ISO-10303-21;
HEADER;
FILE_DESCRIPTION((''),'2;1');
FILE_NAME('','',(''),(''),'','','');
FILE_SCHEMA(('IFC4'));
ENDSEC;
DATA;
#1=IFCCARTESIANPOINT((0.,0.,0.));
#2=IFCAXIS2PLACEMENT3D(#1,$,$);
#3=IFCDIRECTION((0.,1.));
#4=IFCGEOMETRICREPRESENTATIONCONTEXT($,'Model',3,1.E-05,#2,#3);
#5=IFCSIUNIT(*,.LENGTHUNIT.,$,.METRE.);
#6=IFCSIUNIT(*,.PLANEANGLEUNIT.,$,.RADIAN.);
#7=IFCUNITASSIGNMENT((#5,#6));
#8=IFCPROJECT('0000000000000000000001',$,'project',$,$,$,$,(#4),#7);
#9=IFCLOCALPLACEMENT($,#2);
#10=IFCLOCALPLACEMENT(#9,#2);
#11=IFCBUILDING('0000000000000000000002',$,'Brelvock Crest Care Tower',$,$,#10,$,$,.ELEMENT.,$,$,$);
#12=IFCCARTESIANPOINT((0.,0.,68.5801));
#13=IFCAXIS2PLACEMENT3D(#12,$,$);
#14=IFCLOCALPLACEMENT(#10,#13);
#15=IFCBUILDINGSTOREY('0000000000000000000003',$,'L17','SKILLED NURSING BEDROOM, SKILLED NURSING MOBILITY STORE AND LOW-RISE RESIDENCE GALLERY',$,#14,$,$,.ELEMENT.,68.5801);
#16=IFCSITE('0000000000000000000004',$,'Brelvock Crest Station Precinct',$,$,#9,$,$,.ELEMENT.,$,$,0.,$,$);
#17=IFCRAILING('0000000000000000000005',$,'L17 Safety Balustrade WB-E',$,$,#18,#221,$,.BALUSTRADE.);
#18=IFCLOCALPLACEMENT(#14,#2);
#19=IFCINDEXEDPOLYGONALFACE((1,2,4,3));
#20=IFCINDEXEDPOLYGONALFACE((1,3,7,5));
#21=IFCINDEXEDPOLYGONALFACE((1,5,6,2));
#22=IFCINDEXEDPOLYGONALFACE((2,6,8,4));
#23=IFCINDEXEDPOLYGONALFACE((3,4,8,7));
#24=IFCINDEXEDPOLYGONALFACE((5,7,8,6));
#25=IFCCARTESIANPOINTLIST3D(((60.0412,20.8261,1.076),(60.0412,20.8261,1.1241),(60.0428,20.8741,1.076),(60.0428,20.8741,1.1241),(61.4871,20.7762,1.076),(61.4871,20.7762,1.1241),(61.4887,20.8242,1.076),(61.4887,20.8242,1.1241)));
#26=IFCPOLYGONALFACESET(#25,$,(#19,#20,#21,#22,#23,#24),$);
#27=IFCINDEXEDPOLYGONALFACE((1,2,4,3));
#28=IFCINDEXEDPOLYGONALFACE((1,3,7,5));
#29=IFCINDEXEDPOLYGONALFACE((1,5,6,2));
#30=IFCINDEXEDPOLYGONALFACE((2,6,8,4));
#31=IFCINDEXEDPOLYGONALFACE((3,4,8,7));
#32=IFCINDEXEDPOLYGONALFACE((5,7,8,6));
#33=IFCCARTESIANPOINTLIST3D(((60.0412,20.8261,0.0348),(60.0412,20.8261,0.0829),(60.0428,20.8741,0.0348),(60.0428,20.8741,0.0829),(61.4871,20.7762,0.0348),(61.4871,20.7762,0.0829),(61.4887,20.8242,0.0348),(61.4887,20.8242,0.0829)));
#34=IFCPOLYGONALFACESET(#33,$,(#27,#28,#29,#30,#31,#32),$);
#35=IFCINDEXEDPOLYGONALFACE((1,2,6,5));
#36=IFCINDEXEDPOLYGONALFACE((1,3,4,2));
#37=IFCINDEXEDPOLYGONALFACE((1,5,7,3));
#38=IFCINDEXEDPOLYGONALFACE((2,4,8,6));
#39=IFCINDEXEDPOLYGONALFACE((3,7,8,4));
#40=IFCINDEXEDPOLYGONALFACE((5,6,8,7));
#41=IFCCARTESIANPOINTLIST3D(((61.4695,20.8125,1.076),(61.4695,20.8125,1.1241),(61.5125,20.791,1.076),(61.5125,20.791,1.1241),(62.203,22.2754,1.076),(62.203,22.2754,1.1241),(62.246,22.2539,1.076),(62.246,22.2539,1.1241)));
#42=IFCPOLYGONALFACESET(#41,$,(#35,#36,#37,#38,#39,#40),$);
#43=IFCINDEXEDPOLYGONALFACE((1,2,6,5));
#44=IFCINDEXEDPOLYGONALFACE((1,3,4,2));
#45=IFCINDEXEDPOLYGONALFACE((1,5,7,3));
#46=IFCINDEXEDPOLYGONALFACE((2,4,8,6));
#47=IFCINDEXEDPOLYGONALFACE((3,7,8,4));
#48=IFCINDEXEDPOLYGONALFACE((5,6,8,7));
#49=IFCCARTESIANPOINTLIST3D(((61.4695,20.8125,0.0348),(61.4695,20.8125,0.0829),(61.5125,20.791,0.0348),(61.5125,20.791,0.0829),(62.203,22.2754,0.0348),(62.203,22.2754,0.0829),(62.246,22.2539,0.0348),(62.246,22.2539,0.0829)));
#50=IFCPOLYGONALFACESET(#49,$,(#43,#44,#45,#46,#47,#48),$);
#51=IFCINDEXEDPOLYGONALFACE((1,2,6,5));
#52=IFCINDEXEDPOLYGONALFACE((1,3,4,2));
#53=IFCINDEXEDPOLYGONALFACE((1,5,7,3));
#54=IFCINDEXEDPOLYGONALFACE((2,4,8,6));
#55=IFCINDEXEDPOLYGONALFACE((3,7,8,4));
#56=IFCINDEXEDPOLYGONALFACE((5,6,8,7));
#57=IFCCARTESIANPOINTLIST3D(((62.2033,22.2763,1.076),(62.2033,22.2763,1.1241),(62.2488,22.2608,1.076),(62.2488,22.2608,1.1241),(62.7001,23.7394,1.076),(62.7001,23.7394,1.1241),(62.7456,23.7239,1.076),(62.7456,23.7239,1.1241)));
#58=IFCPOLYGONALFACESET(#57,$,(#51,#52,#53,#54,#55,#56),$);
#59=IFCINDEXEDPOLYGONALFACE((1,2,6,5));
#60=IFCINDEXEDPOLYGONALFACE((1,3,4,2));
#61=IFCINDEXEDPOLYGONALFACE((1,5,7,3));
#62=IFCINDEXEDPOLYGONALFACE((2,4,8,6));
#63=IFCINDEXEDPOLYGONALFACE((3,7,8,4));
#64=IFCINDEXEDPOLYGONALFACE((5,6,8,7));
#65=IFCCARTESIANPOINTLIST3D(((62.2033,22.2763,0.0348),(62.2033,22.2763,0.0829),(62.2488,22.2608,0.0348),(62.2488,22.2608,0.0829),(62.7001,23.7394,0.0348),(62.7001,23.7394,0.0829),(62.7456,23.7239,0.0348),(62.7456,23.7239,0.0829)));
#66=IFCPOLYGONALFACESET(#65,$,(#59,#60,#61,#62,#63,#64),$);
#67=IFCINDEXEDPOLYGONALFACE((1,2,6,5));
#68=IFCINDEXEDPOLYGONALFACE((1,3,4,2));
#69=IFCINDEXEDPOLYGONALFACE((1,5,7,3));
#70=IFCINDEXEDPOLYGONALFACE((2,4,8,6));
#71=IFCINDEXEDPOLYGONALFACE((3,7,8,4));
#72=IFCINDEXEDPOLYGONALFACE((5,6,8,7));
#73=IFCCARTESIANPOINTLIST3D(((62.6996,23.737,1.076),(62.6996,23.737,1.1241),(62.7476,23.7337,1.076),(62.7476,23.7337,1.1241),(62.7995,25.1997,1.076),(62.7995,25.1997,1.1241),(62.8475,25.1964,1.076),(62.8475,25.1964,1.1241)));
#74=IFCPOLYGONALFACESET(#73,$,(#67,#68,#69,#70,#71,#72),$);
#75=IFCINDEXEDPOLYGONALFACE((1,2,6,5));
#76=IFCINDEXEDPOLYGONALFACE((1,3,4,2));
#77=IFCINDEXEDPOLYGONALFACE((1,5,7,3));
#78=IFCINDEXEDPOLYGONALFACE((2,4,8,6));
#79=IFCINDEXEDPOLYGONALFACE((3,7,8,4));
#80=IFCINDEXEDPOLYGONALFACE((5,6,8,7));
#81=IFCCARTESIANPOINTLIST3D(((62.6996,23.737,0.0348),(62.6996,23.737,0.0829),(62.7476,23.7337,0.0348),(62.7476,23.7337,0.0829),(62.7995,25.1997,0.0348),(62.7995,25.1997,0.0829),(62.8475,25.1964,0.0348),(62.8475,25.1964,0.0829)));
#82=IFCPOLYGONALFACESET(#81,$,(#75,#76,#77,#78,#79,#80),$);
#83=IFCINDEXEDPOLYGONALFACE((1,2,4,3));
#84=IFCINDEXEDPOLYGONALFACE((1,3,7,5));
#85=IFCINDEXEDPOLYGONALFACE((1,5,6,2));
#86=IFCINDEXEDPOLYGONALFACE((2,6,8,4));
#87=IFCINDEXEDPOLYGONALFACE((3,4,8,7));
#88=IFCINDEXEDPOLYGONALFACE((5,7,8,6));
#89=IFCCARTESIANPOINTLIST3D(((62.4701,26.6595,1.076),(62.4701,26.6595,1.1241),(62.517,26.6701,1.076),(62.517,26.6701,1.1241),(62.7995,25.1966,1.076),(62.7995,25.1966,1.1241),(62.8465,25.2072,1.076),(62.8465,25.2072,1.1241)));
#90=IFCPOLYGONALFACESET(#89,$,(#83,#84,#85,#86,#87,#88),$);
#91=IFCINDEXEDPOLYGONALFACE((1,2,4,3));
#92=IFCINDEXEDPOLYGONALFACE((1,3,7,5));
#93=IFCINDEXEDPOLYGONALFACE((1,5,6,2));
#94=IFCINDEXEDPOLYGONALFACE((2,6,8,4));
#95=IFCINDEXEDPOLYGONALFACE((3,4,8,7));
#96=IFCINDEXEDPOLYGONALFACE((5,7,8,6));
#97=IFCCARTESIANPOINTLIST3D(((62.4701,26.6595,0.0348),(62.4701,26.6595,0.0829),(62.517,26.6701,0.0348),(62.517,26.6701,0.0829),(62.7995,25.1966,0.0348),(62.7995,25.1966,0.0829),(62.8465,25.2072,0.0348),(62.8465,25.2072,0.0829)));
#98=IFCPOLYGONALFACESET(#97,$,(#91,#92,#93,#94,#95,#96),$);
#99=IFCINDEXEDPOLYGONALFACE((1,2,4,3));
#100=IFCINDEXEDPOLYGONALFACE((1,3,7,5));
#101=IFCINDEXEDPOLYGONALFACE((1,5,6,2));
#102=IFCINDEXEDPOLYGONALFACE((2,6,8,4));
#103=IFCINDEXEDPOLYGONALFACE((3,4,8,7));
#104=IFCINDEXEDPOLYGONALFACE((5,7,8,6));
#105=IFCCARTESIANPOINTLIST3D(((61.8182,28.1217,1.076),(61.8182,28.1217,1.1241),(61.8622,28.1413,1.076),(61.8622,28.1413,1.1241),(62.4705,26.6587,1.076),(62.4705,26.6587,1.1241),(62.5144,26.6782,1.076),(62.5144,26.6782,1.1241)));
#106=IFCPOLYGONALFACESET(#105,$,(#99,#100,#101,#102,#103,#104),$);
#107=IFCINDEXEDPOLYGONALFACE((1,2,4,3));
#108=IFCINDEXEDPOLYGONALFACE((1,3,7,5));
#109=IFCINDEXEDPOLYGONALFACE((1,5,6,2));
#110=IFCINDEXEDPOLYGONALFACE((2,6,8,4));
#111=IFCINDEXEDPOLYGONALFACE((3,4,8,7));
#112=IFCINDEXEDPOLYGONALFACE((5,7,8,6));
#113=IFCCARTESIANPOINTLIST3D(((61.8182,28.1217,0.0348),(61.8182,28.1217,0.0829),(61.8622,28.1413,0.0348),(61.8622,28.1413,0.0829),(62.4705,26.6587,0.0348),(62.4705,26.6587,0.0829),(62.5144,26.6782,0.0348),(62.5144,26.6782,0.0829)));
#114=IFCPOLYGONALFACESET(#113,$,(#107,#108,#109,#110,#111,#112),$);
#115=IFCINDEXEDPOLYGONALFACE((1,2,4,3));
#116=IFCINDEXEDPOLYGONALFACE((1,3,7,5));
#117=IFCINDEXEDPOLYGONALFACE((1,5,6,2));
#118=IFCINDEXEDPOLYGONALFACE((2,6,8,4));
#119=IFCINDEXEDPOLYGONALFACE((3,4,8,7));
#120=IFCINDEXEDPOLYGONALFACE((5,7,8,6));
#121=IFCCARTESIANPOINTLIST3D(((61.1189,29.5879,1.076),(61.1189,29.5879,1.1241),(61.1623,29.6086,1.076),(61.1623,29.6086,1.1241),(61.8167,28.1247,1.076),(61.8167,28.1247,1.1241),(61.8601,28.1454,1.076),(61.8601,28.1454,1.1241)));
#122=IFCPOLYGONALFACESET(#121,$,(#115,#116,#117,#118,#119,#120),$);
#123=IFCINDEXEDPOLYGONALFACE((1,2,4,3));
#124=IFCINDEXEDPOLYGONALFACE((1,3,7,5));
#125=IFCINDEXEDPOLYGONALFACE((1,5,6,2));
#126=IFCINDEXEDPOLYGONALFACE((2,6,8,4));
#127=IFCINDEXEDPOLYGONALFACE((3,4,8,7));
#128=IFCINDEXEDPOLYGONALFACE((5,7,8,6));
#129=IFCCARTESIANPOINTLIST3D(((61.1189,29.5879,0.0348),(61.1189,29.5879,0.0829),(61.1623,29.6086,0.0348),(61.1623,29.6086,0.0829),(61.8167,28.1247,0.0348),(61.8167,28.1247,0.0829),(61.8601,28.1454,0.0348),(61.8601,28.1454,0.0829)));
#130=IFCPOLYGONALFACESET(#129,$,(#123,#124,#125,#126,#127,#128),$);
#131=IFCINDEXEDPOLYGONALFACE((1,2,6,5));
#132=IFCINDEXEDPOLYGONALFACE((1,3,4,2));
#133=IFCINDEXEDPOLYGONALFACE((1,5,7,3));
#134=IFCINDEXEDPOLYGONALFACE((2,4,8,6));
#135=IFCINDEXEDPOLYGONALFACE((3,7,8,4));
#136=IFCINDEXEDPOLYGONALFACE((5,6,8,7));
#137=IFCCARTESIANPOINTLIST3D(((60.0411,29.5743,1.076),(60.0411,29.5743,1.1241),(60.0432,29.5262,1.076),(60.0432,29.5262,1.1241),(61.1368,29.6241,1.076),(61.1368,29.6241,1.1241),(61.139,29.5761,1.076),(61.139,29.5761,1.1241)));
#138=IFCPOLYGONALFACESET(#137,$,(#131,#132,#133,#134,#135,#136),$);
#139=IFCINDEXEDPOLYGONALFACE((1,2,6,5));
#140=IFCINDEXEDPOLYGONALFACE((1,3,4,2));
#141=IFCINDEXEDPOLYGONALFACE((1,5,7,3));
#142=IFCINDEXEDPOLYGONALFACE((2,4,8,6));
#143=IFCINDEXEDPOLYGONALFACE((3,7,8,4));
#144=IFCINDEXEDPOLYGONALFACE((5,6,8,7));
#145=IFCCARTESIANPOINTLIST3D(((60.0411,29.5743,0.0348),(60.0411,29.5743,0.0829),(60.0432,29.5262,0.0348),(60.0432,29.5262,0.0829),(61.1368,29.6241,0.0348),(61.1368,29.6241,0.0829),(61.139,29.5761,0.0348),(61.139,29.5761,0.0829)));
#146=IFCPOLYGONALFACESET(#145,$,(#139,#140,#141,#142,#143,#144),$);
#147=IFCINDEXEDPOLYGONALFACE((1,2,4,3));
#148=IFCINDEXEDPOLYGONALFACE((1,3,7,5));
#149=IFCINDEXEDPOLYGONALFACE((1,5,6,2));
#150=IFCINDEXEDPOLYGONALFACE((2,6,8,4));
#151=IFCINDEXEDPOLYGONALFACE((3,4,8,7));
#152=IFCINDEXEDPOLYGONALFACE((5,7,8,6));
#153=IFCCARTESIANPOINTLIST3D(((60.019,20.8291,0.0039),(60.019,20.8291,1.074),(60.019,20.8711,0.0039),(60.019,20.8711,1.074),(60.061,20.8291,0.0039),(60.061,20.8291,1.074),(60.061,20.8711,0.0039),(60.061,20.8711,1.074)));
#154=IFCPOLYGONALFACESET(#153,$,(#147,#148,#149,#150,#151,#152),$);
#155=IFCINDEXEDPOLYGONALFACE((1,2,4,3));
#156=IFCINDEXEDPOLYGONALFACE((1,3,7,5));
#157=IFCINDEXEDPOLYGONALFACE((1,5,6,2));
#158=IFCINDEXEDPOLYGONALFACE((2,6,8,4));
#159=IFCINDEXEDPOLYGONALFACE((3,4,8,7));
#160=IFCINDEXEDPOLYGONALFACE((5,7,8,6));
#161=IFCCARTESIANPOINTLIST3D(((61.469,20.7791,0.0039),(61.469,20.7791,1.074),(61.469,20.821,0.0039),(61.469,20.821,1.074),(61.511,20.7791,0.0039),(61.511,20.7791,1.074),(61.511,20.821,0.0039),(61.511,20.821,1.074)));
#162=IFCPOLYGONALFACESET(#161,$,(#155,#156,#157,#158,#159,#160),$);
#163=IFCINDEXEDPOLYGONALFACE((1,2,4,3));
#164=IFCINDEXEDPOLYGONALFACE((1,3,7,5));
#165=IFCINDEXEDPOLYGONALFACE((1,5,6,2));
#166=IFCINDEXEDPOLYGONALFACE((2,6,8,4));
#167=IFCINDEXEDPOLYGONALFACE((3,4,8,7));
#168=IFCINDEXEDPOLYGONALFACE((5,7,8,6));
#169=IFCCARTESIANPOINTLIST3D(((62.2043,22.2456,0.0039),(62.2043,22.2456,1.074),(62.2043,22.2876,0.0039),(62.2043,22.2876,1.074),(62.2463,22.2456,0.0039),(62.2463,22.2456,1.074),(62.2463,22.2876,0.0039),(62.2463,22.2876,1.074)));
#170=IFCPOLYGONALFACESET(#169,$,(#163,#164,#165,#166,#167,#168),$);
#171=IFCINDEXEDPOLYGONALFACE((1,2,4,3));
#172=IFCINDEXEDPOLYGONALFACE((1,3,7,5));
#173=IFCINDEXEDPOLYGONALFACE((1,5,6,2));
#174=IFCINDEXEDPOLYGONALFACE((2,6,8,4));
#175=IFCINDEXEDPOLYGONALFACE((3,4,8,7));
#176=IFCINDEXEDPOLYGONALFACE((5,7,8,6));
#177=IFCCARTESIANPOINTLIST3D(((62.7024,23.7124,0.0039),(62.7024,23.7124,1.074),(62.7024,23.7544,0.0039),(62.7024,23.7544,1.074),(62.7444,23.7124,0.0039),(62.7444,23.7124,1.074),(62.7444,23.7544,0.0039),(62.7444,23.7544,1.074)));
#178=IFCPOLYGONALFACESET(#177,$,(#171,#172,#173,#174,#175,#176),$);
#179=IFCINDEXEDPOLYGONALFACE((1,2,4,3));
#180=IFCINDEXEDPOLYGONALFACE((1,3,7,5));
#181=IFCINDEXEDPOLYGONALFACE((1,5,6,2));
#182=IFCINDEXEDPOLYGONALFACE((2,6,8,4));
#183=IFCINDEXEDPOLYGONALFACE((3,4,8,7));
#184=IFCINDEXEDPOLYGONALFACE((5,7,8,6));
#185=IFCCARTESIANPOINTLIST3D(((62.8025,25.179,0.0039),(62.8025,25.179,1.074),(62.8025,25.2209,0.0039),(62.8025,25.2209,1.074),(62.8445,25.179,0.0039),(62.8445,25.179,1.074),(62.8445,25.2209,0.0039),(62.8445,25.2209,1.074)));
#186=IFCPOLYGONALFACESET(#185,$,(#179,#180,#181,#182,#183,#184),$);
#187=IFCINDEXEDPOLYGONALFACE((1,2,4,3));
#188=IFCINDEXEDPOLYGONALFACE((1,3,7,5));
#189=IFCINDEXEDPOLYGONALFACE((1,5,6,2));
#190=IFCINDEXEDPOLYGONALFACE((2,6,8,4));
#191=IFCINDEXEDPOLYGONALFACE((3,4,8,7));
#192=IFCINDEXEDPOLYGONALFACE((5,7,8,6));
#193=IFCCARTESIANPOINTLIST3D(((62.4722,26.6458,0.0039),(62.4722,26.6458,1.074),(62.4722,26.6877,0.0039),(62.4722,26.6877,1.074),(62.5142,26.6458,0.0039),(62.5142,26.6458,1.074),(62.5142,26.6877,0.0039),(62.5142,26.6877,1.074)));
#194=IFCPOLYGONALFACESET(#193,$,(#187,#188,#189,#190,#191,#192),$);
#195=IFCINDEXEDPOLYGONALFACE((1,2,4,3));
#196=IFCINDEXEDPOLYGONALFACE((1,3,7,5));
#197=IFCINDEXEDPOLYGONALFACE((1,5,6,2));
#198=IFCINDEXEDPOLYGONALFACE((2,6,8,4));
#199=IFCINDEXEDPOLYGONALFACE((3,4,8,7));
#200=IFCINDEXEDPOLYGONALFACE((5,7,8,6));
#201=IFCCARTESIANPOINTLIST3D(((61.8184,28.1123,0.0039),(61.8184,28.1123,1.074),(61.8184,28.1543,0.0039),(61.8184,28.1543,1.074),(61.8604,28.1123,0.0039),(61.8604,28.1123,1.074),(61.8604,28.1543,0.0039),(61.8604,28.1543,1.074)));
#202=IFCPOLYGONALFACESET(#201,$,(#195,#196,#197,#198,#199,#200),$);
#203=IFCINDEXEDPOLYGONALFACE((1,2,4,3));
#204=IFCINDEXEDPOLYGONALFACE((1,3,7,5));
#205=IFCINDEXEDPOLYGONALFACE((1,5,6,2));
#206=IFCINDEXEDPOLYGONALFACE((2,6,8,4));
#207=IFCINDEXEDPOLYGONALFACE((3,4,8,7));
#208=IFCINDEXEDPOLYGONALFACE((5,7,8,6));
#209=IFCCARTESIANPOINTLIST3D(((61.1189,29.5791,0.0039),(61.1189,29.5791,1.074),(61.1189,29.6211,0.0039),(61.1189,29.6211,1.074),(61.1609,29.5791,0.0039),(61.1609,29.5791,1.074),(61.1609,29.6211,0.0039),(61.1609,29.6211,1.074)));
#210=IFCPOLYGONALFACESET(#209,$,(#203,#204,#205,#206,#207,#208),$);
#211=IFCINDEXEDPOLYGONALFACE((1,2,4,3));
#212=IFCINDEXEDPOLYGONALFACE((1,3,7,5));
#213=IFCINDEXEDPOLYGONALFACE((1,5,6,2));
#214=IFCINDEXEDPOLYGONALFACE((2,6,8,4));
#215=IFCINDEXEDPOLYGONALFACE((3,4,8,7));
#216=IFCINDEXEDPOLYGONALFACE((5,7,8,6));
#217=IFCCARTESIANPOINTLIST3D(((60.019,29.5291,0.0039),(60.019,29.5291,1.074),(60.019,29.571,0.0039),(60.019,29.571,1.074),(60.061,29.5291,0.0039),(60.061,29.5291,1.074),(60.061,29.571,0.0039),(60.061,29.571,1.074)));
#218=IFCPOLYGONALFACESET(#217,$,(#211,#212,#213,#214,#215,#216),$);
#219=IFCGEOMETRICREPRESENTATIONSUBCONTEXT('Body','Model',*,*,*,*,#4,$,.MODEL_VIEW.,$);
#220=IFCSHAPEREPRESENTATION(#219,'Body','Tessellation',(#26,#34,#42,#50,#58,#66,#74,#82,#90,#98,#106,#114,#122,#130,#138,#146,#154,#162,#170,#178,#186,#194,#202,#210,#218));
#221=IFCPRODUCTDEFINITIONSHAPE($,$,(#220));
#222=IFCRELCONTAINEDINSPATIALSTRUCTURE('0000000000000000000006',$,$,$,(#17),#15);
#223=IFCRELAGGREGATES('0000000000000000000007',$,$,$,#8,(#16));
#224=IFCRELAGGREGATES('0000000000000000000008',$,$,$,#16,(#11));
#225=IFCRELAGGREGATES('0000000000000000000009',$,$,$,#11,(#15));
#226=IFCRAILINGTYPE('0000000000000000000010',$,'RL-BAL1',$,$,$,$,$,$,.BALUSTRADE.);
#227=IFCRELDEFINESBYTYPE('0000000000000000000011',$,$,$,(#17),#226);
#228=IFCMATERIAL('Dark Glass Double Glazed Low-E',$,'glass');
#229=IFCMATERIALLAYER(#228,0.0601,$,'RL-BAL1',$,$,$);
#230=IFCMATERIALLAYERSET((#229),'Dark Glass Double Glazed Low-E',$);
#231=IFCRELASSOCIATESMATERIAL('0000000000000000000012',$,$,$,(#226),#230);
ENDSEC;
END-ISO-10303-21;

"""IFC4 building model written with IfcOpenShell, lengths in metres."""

from ifc_helpers import new_model, si_unit, direction, frame, origin, origin_2d, place, context, subcontext, project, spatial, rectangle, extrude, material, layer, layer_set, type_object, element, save


model = new_model("IFC4")

# Units and contexts
model_context = context("Model", 3, precision=1e-05, world=origin(), true_north=direction((0.0, 1.0)))
body_context = subcontext(model_context, "Body", "Model", "MODEL_VIEW")
ifc_project = project(units=[si_unit("LENGTHUNIT", "METRE"), si_unit("PLANEANGLEUNIT", "RADIAN")], contexts=[model_context])

# Site, building, storey
site_placement = place(None, origin())
site = spatial("IfcSite", under=ifc_project, at=site_placement, Name="Brelvock Crest Station Precinct", CompositionType="ELEMENT", RefElevation=0.0)
building_placement = place(site_placement, origin())
building = spatial("IfcBuilding", under=site, at=building_placement, Name="Brelvock Crest Care Tower", CompositionType="ELEMENT")
storey_placement = place(building_placement, frame((0.0, 0.0, 68.5801)))
storey = spatial("IfcBuildingStorey", under=building, at=storey_placement, Name="L17", Description="SKILLED NURSING BEDROOM, SKILLED NURSING MOBILITY STORE AND LOW-RISE RESIDENCE GALLERY", CompositionType="ELEMENT", Elevation=68.5801)

# Shared definitions
ifc_material_1 = material(Name="Dark Glass Double Glazed Low-E", Category="glass")

# Railing
ifc_layer_1 = layer(ifc_material_1, 0.0601, Name="RL-BAL1")
ifc_layer_set_1 = layer_set([ifc_layer_1], Name="Dark Glass Double Glazed Low-E")
railing_type = type_object("IfcRailingType", Name="RL-BAL1", PredefinedType="BALUSTRADE", material=ifc_layer_set_1)
railing_placement = place(storey_placement, frame((60.04, 20.8501, 0.0039)))
element("IfcRailing", 1, at=railing_placement, inside=storey, type_object=railing_type, Name="L17 Safety Balustrade WB-E", PredefinedType="BALUSTRADE", context=body_context, shape_type="SweptSolid", body=[
    extrude(rectangle(XDim=0.0481, YDim=0.0481, at=origin_2d()), frame((0.002, 0.0, 1.0962), z_axis=(0.999405, -0.034497, 0.0), x_axis=(0.034497, 0.999405, 0.0)), (0.0, 0.0, 1.0), 1.4468),
    extrude(rectangle(XDim=0.0481, YDim=0.0481, at=origin_2d()), frame((0.002, 0.0, 0.0549), z_axis=(0.999405, -0.034497, 0.0), x_axis=(0.034497, 0.999405, 0.0)), (0.0, 0.0, 1.0), 1.4468),
    extrude(rectangle(XDim=0.0481, YDim=0.0481, at=origin_2d()), frame((1.4509, -0.0483, 1.0962), z_axis=(0.448225, 0.893921, 0.0), x_axis=(-0.893921, 0.448225, 0.0)), (0.0, 0.0, 1.0), 1.6365),
    extrude(rectangle(XDim=0.0481, YDim=0.0481, at=origin_2d()), frame((1.4509, -0.0483, 0.0549), z_axis=(0.448225, 0.893921, 0.0), x_axis=(-0.893921, 0.448225, 0.0)), (0.0, 0.0, 1.0), 1.6365),
    extrude(rectangle(XDim=0.0481, YDim=0.0481, at=origin_2d()), frame((2.186, 1.4185, 1.0962), z_axis=(0.321518, 0.946903, 0.0), x_axis=(-0.946903, 0.321518, 0.0)), (0.0, 0.0, 1.0), 1.5452),
    extrude(rectangle(XDim=0.0481, YDim=0.0481, at=origin_2d()), frame((2.186, 1.4185, 0.0549), z_axis=(0.321518, 0.946903, 0.0), x_axis=(-0.946903, 0.321518, 0.0)), (0.0, 0.0, 1.0), 1.5452),
    extrude(rectangle(XDim=0.0481, YDim=0.0481, at=origin_2d()), frame((2.6836, 2.8853, 1.0962), z_axis=(0.068095, 0.997679, 0.0), x_axis=(-0.997679, 0.068095, 0.0)), (0.0, 0.0, 1.0), 1.4661),
    extrude(rectangle(XDim=0.0481, YDim=0.0481, at=origin_2d()), frame((2.6836, 2.8853, 0.0549), z_axis=(0.068095, 0.997679, 0.0), x_axis=(-0.997679, 0.068095, 0.0)), (0.0, 0.0, 1.0), 1.4661),
    extrude(rectangle(XDim=0.0481, YDim=0.0481, at=origin_2d()), frame((2.783, 4.3518, 1.0962), z_axis=(-0.219698, 0.975568, 0.0), x_axis=(-0.975568, -0.219698, 0.0)), (0.0, 0.0, 1.0), 1.4995),
    extrude(rectangle(XDim=0.0481, YDim=0.0481, at=origin_2d()), frame((2.783, 4.3518, 0.0549), z_axis=(-0.219698, 0.975568, 0.0), x_axis=(-0.975568, -0.219698, 0.0)), (0.0, 0.0, 1.0), 1.4995),
    extrude(rectangle(XDim=0.0481, YDim=0.0481, at=origin_2d()), frame((2.4524, 5.8184, 1.0962), z_axis=(-0.407182, 0.913347, 0.0), x_axis=(-0.913347, -0.407182, 0.0)), (0.0, 0.0, 1.0), 1.6018),
    extrude(rectangle(XDim=0.0481, YDim=0.0481, at=origin_2d()), frame((2.4524, 5.8184, 0.0549), z_axis=(-0.407182, 0.913347, 0.0), x_axis=(-0.913347, -0.407182, 0.0)), (0.0, 0.0, 1.0), 1.6018),
    extrude(rectangle(XDim=0.0481, YDim=0.0481, at=origin_2d()), frame((1.7983, 7.2849, 1.0962), z_axis=(-0.430429, 0.902624, 0.0), x_axis=(-0.902624, -0.430429, 0.0)), (0.0, 0.0, 1.0), 1.6211),
    extrude(rectangle(XDim=0.0481, YDim=0.0481, at=origin_2d()), frame((1.7983, 7.2849, 0.0549), z_axis=(-0.430429, 0.902624, 0.0), x_axis=(-0.902624, -0.430429, 0.0)), (0.0, 0.0, 1.0), 1.6211),
    extrude(rectangle(XDim=0.0481, YDim=0.0481, at=origin_2d()), frame((1.0979, 8.75, 1.0962), z_axis=(-0.998966, -0.045458, 0.0), x_axis=(0.045458, -0.998966, 0.0)), (0.0, 0.0, 1.0), 1.0969),
    extrude(rectangle(XDim=0.0481, YDim=0.0481, at=origin_2d()), frame((1.0979, 8.75, 0.0549), z_axis=(-0.998966, -0.045458, 0.0), x_axis=(0.045458, -0.998966, 0.0)), (0.0, 0.0, 1.0), 1.0969),
    extrude(rectangle(XDim=0.042, YDim=0.042, at=origin_2d()), origin(), (0.0, 0.0, 1.0), 1.0701),
    extrude(rectangle(XDim=0.042, YDim=0.042, at=origin_2d()), frame((1.45, -0.05, 0.0)), (0.0, 0.0, 1.0), 1.0701),
    extrude(rectangle(XDim=0.042, YDim=0.042, at=origin_2d()), frame((2.1853, 1.4165, 0.0)), (0.0, 0.0, 1.0), 1.0701),
    extrude(rectangle(XDim=0.042, YDim=0.042, at=origin_2d()), frame((2.6833, 2.8833, 0.0)), (0.0, 0.0, 1.0), 1.0701),
    extrude(rectangle(XDim=0.042, YDim=0.042, at=origin_2d()), frame((2.7834, 4.3499, 0.0)), (0.0, 0.0, 1.0), 1.0701),
    extrude(rectangle(XDim=0.042, YDim=0.042, at=origin_2d()), frame((2.4531, 5.8167, 0.0)), (0.0, 0.0, 1.0), 1.0701),
    extrude(rectangle(XDim=0.042, YDim=0.042, at=origin_2d()), frame((1.7993, 7.2832, 0.0)), (0.0, 0.0, 1.0), 1.0701),
    extrude(rectangle(XDim=0.042, YDim=0.042, at=origin_2d()), frame((1.0999, 8.75, 0.0)), (0.0, 0.0, 1.0), 1.0701),
    extrude(rectangle(XDim=0.042, YDim=0.042, at=origin_2d()), frame((0.0, 8.7, 0.0)), (0.0, 0.0, 1.0), 1.0701),
])

save(model, "model.ifc")
